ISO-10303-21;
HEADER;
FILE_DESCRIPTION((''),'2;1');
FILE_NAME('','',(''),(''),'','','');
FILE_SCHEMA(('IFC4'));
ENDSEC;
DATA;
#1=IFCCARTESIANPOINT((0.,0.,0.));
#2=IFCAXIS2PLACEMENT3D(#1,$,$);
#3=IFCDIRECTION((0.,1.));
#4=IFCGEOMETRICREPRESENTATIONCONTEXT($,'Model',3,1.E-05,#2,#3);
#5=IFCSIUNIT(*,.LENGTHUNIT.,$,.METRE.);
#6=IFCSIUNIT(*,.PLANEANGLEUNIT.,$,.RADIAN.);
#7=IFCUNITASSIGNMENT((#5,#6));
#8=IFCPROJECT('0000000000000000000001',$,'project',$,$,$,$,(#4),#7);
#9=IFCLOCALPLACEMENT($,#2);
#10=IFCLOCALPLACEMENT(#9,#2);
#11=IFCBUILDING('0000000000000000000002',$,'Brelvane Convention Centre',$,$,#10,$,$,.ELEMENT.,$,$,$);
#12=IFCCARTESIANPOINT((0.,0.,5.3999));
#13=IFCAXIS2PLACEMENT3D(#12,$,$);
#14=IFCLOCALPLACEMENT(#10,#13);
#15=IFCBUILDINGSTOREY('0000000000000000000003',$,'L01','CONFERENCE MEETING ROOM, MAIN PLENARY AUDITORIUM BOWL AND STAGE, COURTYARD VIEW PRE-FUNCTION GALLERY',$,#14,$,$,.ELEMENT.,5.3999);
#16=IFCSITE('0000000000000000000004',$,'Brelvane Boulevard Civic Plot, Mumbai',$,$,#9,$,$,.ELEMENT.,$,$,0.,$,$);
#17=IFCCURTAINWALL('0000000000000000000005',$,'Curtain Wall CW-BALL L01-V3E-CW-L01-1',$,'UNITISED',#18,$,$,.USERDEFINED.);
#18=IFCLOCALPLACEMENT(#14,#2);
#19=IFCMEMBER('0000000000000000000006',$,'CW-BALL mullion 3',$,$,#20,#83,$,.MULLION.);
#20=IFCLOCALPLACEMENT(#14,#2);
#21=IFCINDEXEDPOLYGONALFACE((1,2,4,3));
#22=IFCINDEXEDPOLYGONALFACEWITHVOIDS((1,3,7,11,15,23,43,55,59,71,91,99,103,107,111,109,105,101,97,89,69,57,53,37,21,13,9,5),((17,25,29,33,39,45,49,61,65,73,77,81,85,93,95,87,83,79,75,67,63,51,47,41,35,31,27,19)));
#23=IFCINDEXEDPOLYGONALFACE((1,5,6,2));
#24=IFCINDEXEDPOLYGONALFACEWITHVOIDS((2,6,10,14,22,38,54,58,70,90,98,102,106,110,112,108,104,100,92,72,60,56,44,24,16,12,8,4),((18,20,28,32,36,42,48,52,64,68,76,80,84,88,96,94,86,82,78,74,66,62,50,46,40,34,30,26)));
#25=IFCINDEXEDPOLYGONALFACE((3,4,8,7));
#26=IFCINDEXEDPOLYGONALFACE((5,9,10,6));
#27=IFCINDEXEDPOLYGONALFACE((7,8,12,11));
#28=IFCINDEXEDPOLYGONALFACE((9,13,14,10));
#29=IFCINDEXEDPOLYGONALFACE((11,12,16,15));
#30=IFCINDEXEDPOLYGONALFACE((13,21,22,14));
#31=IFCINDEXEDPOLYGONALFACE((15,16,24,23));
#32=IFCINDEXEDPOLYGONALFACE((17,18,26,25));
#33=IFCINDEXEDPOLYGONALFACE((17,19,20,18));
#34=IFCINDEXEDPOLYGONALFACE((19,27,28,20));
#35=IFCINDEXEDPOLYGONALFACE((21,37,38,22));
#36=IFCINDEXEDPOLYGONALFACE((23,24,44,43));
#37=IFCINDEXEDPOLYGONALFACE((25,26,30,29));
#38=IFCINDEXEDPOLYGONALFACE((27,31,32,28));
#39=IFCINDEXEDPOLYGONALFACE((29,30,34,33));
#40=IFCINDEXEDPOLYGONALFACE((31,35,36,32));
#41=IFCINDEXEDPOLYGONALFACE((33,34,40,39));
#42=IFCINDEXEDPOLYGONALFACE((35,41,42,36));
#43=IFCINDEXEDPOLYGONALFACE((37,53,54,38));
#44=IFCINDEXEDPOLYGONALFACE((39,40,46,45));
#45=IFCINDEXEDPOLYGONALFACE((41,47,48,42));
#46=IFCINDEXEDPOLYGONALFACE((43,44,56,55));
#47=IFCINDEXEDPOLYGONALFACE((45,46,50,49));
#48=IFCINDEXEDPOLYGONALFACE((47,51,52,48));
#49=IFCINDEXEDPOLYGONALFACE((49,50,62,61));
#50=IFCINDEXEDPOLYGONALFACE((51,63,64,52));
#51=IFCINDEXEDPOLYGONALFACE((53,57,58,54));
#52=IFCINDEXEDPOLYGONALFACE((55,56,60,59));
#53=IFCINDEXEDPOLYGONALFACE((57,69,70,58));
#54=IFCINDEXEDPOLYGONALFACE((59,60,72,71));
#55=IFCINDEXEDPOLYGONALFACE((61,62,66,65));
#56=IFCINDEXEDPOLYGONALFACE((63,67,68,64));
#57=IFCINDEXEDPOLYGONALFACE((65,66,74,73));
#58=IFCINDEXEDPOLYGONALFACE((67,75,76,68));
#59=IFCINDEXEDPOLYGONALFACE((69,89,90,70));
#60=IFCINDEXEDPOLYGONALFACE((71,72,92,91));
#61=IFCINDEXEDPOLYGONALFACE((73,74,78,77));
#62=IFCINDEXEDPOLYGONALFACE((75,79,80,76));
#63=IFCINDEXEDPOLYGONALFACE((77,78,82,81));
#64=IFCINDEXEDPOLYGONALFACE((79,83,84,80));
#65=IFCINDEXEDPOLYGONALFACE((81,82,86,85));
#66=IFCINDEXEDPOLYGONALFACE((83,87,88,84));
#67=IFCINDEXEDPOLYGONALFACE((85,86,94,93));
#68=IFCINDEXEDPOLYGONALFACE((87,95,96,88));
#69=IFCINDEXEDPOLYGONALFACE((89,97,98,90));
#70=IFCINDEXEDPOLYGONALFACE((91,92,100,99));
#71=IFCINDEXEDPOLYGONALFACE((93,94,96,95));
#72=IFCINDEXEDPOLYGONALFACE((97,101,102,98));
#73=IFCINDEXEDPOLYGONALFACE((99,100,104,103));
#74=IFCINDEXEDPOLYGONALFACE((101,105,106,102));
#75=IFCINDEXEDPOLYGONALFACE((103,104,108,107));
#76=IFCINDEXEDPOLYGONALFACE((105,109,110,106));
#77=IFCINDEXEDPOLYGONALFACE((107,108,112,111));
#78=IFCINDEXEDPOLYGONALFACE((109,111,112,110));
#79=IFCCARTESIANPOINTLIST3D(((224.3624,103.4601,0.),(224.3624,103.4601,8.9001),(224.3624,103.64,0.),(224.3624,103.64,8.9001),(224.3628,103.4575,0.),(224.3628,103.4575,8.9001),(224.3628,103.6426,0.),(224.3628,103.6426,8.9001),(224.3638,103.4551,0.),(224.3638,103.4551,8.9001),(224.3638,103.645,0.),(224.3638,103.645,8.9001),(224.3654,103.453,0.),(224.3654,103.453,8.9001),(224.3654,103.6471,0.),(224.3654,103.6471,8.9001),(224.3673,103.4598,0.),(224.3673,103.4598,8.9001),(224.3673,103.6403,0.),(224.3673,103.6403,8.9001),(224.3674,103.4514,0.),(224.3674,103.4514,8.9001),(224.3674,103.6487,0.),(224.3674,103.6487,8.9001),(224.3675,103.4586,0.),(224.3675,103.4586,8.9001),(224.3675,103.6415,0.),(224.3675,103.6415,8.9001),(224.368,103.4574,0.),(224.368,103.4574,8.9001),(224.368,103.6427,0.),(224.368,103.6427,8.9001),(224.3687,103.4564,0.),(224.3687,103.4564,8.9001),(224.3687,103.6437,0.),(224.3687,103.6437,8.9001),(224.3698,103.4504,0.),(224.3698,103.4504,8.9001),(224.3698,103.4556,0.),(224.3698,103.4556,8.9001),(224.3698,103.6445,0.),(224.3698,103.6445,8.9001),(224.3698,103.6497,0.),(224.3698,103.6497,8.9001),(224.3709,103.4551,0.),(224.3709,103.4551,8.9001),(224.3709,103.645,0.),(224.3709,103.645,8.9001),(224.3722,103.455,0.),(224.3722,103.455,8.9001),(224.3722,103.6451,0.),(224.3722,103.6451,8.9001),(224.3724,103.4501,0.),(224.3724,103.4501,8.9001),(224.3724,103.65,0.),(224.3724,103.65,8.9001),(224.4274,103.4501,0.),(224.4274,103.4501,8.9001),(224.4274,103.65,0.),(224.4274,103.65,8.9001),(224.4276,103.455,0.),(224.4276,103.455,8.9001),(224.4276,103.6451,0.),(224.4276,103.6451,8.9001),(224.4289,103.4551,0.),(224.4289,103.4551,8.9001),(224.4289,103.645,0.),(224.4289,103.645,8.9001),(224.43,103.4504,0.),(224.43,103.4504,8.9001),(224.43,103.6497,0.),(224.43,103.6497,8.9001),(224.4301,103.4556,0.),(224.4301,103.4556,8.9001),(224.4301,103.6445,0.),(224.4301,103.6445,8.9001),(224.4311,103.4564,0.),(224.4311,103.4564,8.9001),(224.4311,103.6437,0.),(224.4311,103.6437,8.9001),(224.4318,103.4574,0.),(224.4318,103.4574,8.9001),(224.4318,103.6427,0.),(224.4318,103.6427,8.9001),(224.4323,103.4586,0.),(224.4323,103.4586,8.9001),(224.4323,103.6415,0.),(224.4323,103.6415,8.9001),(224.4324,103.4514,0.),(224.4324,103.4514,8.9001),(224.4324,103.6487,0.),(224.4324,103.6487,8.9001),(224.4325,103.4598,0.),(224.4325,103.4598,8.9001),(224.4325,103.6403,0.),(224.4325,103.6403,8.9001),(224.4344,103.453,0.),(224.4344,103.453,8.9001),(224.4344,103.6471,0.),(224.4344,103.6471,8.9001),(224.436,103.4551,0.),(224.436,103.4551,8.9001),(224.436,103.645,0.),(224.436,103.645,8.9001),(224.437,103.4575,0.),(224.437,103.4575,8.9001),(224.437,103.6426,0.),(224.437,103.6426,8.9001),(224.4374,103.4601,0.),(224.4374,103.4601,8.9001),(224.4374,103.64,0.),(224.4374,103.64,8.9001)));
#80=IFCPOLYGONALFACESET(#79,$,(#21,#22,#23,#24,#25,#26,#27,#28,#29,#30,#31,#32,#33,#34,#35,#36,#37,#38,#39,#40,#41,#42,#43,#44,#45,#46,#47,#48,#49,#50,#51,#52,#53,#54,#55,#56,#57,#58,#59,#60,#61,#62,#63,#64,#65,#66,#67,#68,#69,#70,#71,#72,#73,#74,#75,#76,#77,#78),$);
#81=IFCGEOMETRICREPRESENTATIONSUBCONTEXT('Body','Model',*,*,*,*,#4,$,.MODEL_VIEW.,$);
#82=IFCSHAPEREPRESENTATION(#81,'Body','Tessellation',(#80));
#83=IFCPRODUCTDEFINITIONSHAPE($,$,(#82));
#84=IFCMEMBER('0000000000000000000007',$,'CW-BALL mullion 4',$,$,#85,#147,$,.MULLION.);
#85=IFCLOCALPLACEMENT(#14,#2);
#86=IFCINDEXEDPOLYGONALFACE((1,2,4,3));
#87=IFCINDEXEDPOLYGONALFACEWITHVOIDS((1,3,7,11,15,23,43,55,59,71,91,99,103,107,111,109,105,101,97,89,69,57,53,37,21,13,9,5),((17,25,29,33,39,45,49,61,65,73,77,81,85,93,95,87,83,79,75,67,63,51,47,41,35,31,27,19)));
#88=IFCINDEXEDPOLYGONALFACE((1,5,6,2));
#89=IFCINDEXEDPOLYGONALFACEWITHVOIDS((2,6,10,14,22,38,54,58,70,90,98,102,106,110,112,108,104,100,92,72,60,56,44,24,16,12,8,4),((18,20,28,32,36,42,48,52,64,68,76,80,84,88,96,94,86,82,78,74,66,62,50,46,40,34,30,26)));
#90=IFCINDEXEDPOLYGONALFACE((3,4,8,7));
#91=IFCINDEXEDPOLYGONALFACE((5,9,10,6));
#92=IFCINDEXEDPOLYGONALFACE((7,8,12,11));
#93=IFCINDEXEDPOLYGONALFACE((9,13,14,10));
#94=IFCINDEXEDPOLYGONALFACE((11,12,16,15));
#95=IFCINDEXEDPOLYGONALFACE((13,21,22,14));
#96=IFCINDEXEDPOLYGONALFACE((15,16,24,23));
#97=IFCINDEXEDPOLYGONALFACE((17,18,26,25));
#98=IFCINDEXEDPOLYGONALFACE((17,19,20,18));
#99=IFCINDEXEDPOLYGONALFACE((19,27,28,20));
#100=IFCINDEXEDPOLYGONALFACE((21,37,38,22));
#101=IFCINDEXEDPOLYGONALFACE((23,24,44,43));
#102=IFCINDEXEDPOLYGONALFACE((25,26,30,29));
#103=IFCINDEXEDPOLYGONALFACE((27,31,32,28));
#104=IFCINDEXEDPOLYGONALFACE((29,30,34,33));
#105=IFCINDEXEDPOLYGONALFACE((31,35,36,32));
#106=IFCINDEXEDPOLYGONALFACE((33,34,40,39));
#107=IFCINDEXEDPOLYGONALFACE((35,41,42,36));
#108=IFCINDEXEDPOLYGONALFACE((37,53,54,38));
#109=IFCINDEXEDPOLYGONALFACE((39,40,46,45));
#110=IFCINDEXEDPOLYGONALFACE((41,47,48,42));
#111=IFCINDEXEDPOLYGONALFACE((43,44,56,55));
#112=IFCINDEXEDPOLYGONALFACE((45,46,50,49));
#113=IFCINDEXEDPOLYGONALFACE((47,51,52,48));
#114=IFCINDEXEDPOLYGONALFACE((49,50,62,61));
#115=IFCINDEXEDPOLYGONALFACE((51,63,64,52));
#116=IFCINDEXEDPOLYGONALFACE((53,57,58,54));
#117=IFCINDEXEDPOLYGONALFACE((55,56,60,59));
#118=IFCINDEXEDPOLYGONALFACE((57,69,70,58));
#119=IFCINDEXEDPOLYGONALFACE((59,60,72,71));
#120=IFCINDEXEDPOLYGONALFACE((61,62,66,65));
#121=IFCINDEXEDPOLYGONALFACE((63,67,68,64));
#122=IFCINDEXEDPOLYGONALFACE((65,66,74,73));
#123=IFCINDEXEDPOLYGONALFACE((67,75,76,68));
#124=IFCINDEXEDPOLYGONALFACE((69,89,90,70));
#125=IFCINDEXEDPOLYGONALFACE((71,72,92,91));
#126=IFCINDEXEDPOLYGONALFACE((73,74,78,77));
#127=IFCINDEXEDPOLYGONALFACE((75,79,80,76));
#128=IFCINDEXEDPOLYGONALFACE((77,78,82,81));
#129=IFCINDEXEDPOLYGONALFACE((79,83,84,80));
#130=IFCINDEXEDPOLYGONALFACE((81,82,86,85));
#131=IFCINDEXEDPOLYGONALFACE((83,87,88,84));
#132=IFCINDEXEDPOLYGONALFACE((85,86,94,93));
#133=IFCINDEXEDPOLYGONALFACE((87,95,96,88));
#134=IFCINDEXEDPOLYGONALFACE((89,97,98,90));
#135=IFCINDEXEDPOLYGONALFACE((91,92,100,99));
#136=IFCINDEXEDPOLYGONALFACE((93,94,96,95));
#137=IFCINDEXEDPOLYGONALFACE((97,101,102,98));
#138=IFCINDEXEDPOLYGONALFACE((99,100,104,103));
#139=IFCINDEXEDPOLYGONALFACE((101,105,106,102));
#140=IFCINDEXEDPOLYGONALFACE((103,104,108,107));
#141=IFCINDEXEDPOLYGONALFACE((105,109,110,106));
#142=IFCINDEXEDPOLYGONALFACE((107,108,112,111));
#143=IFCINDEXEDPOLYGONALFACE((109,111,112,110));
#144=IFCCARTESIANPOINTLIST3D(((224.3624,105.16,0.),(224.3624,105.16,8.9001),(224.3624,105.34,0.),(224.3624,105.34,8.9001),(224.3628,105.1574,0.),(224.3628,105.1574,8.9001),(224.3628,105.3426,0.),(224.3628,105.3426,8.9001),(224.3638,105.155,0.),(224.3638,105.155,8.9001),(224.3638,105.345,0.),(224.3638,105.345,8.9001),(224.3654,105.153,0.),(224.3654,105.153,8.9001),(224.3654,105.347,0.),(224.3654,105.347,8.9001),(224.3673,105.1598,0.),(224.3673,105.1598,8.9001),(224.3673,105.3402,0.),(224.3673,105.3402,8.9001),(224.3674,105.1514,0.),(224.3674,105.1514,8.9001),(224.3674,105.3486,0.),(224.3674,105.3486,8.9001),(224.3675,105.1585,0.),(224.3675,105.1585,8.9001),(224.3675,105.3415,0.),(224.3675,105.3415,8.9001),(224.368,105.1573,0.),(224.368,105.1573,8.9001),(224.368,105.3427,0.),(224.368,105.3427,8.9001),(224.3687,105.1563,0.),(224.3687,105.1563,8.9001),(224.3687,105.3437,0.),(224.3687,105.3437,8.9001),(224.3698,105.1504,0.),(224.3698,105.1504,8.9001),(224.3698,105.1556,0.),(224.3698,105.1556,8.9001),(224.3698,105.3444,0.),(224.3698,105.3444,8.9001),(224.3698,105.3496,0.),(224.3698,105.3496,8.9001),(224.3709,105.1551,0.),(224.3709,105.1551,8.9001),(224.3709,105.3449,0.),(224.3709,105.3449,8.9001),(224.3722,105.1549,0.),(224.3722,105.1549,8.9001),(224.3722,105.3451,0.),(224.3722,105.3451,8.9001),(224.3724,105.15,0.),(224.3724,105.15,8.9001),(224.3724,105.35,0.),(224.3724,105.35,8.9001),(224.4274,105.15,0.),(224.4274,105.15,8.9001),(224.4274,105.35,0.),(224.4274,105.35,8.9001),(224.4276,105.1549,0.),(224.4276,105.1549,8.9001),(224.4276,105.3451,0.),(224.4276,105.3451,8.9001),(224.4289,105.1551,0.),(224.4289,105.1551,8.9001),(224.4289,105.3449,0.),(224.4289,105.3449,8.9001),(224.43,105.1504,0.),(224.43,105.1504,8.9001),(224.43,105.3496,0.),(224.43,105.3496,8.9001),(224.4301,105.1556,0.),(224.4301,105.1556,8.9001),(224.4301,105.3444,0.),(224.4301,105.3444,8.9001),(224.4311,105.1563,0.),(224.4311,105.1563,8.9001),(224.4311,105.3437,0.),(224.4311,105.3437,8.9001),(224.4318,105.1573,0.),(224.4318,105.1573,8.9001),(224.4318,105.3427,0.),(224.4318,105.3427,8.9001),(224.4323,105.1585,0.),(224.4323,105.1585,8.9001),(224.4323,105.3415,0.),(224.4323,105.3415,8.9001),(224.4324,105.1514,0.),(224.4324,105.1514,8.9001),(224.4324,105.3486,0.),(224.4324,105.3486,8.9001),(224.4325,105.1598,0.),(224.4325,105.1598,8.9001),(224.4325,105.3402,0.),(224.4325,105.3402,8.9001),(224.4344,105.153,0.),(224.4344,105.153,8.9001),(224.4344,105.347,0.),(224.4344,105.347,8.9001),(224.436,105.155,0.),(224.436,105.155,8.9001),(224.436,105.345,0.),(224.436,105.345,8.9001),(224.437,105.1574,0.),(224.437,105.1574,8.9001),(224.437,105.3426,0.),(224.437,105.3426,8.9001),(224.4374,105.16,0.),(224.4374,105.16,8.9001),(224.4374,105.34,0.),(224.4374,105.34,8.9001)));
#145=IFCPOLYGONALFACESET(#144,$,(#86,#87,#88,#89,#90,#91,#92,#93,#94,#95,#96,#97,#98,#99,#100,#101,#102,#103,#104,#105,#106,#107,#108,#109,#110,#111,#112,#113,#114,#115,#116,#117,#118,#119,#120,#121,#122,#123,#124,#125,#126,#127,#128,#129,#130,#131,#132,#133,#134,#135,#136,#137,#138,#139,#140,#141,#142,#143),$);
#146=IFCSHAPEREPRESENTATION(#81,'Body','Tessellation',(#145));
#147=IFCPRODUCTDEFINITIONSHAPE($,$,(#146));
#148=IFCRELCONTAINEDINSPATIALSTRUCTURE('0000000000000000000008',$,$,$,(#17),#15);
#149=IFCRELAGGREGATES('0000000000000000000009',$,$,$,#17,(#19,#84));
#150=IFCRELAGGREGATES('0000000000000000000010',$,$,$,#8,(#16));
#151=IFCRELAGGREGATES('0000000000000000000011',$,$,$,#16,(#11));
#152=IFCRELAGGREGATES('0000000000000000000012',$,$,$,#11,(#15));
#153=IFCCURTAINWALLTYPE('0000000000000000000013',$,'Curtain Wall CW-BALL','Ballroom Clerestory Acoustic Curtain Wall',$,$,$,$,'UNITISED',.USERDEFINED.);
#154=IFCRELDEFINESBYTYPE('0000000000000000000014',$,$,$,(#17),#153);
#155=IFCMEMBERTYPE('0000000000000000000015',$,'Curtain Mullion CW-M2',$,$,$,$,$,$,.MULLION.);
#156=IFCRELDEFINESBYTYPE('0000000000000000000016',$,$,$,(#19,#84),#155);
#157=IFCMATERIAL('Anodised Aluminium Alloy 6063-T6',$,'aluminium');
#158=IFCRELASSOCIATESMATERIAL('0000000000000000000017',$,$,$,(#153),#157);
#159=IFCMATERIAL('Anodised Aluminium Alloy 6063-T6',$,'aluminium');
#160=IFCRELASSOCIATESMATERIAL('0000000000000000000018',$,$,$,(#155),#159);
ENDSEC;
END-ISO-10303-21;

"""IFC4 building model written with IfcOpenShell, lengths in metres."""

from ifc_helpers import new_model, si_unit, direction, frame, origin, origin_2d, place, context, subcontext, project, spatial, hollow_rectangle, extrude, material, material_profile, profile_set, type_object, element, aggregate, save


model = new_model("IFC4")

# Units and contexts
model_context = context("Model", 3, precision=1e-05, world=origin(), true_north=direction((0.0, 1.0)))
body_context = subcontext(model_context, "Body", "Model", "MODEL_VIEW")
ifc_project = project(units=[si_unit("LENGTHUNIT", "METRE"), si_unit("PLANEANGLEUNIT", "RADIAN")], contexts=[model_context])

# Site, building, storey
site_placement = place(None, origin())
site = spatial("IfcSite", under=ifc_project, at=site_placement, Name="Brelvane Boulevard Civic Plot, Mumbai", CompositionType="ELEMENT", RefElevation=0.0)
building_placement = place(site_placement, origin())
building = spatial("IfcBuilding", under=site, at=building_placement, Name="Brelvane Convention Centre", CompositionType="ELEMENT")
storey_placement = place(building_placement, frame((0.0, 0.0, 5.3999)))
storey = spatial("IfcBuildingStorey", under=building, at=storey_placement, Name="L01", Description="CONFERENCE MEETING ROOM, MAIN PLENARY AUDITORIUM BOWL AND STAGE, COURTYARD VIEW PRE-FUNCTION GALLERY", CompositionType="ELEMENT", Elevation=5.3999)

# Curtain wall, members
ifc_material_1 = material(Name="Anodised Aluminium Alloy 6063-T6", Category="aluminium")
curtain_wall_type = type_object("IfcCurtainWallType", Name="Curtain Wall CW-BALL", Description="Ballroom Clerestory Acoustic Curtain Wall", ElementType="UNITISED", PredefinedType="USERDEFINED", material=ifc_material_1)
curtain_wall_placement = place(storey_placement, origin())
curtain_wall = element("IfcCurtainWall", 1, at=curtain_wall_placement, inside=storey, type_object=curtain_wall_type, Name="Curtain Wall CW-BALL L01-V3E-CW-L01-1", ObjectType="UNITISED", PredefinedType="USERDEFINED")
ifc_material_2 = material(Name="Anodised Aluminium Alloy 6063-T6", Category="aluminium")
ifc_material_profile_1 = material_profile(ifc_material_2, hollow_rectangle(XDim=0.075, YDim=0.2, WallThickness=0.0049, InnerFilletRadius=0.0049, OuterFilletRadius=0.01, at=origin_2d()), Name="ALU-M 200x75x5.0")
ifc_profile_set_1 = profile_set([ifc_material_profile_1], Name="Anodised Aluminium Alloy 6063-T6")
member_type_1 = type_object("IfcMemberType", Name="Curtain Mullion CW-M2", PredefinedType="MULLION", material=ifc_profile_set_1)
member_1_placement = place(storey_placement, frame((224.3999, 103.55, 0.0), z_axis=(0.0, 0.0, 1.0), x_axis=(-1.0, 0.0, 0.0)))
member_1 = element("IfcMember", 2, at=member_1_placement, type_object=member_type_1, Name="CW-BALL mullion 3", PredefinedType="MULLION", context=body_context, shape_type="SweptSolid", body=[
    extrude(hollow_rectangle(XDim=0.075, YDim=0.2, WallThickness=0.0049, InnerFilletRadius=0.0049, OuterFilletRadius=0.01, at=origin_2d()), origin(), (0.0, 0.0, 1.0), 8.9001),
])
member_2_placement = place(storey_placement, frame((224.3999, 105.25, 0.0), z_axis=(0.0, 0.0, 1.0), x_axis=(-1.0, 0.0, 0.0)))
member_2 = element("IfcMember", 3, at=member_2_placement, type_object=member_type_1, Name="CW-BALL mullion 4", PredefinedType="MULLION", context=body_context, shape_type="SweptSolid", body=[
    extrude(hollow_rectangle(XDim=0.075, YDim=0.2, WallThickness=0.0049, InnerFilletRadius=0.0049, OuterFilletRadius=0.01, at=origin_2d()), origin(), (0.0, 0.0, 1.0), 8.9001),
])

aggregate(curtain_wall, [member_1, member_2])

save(model, "model.ifc")
